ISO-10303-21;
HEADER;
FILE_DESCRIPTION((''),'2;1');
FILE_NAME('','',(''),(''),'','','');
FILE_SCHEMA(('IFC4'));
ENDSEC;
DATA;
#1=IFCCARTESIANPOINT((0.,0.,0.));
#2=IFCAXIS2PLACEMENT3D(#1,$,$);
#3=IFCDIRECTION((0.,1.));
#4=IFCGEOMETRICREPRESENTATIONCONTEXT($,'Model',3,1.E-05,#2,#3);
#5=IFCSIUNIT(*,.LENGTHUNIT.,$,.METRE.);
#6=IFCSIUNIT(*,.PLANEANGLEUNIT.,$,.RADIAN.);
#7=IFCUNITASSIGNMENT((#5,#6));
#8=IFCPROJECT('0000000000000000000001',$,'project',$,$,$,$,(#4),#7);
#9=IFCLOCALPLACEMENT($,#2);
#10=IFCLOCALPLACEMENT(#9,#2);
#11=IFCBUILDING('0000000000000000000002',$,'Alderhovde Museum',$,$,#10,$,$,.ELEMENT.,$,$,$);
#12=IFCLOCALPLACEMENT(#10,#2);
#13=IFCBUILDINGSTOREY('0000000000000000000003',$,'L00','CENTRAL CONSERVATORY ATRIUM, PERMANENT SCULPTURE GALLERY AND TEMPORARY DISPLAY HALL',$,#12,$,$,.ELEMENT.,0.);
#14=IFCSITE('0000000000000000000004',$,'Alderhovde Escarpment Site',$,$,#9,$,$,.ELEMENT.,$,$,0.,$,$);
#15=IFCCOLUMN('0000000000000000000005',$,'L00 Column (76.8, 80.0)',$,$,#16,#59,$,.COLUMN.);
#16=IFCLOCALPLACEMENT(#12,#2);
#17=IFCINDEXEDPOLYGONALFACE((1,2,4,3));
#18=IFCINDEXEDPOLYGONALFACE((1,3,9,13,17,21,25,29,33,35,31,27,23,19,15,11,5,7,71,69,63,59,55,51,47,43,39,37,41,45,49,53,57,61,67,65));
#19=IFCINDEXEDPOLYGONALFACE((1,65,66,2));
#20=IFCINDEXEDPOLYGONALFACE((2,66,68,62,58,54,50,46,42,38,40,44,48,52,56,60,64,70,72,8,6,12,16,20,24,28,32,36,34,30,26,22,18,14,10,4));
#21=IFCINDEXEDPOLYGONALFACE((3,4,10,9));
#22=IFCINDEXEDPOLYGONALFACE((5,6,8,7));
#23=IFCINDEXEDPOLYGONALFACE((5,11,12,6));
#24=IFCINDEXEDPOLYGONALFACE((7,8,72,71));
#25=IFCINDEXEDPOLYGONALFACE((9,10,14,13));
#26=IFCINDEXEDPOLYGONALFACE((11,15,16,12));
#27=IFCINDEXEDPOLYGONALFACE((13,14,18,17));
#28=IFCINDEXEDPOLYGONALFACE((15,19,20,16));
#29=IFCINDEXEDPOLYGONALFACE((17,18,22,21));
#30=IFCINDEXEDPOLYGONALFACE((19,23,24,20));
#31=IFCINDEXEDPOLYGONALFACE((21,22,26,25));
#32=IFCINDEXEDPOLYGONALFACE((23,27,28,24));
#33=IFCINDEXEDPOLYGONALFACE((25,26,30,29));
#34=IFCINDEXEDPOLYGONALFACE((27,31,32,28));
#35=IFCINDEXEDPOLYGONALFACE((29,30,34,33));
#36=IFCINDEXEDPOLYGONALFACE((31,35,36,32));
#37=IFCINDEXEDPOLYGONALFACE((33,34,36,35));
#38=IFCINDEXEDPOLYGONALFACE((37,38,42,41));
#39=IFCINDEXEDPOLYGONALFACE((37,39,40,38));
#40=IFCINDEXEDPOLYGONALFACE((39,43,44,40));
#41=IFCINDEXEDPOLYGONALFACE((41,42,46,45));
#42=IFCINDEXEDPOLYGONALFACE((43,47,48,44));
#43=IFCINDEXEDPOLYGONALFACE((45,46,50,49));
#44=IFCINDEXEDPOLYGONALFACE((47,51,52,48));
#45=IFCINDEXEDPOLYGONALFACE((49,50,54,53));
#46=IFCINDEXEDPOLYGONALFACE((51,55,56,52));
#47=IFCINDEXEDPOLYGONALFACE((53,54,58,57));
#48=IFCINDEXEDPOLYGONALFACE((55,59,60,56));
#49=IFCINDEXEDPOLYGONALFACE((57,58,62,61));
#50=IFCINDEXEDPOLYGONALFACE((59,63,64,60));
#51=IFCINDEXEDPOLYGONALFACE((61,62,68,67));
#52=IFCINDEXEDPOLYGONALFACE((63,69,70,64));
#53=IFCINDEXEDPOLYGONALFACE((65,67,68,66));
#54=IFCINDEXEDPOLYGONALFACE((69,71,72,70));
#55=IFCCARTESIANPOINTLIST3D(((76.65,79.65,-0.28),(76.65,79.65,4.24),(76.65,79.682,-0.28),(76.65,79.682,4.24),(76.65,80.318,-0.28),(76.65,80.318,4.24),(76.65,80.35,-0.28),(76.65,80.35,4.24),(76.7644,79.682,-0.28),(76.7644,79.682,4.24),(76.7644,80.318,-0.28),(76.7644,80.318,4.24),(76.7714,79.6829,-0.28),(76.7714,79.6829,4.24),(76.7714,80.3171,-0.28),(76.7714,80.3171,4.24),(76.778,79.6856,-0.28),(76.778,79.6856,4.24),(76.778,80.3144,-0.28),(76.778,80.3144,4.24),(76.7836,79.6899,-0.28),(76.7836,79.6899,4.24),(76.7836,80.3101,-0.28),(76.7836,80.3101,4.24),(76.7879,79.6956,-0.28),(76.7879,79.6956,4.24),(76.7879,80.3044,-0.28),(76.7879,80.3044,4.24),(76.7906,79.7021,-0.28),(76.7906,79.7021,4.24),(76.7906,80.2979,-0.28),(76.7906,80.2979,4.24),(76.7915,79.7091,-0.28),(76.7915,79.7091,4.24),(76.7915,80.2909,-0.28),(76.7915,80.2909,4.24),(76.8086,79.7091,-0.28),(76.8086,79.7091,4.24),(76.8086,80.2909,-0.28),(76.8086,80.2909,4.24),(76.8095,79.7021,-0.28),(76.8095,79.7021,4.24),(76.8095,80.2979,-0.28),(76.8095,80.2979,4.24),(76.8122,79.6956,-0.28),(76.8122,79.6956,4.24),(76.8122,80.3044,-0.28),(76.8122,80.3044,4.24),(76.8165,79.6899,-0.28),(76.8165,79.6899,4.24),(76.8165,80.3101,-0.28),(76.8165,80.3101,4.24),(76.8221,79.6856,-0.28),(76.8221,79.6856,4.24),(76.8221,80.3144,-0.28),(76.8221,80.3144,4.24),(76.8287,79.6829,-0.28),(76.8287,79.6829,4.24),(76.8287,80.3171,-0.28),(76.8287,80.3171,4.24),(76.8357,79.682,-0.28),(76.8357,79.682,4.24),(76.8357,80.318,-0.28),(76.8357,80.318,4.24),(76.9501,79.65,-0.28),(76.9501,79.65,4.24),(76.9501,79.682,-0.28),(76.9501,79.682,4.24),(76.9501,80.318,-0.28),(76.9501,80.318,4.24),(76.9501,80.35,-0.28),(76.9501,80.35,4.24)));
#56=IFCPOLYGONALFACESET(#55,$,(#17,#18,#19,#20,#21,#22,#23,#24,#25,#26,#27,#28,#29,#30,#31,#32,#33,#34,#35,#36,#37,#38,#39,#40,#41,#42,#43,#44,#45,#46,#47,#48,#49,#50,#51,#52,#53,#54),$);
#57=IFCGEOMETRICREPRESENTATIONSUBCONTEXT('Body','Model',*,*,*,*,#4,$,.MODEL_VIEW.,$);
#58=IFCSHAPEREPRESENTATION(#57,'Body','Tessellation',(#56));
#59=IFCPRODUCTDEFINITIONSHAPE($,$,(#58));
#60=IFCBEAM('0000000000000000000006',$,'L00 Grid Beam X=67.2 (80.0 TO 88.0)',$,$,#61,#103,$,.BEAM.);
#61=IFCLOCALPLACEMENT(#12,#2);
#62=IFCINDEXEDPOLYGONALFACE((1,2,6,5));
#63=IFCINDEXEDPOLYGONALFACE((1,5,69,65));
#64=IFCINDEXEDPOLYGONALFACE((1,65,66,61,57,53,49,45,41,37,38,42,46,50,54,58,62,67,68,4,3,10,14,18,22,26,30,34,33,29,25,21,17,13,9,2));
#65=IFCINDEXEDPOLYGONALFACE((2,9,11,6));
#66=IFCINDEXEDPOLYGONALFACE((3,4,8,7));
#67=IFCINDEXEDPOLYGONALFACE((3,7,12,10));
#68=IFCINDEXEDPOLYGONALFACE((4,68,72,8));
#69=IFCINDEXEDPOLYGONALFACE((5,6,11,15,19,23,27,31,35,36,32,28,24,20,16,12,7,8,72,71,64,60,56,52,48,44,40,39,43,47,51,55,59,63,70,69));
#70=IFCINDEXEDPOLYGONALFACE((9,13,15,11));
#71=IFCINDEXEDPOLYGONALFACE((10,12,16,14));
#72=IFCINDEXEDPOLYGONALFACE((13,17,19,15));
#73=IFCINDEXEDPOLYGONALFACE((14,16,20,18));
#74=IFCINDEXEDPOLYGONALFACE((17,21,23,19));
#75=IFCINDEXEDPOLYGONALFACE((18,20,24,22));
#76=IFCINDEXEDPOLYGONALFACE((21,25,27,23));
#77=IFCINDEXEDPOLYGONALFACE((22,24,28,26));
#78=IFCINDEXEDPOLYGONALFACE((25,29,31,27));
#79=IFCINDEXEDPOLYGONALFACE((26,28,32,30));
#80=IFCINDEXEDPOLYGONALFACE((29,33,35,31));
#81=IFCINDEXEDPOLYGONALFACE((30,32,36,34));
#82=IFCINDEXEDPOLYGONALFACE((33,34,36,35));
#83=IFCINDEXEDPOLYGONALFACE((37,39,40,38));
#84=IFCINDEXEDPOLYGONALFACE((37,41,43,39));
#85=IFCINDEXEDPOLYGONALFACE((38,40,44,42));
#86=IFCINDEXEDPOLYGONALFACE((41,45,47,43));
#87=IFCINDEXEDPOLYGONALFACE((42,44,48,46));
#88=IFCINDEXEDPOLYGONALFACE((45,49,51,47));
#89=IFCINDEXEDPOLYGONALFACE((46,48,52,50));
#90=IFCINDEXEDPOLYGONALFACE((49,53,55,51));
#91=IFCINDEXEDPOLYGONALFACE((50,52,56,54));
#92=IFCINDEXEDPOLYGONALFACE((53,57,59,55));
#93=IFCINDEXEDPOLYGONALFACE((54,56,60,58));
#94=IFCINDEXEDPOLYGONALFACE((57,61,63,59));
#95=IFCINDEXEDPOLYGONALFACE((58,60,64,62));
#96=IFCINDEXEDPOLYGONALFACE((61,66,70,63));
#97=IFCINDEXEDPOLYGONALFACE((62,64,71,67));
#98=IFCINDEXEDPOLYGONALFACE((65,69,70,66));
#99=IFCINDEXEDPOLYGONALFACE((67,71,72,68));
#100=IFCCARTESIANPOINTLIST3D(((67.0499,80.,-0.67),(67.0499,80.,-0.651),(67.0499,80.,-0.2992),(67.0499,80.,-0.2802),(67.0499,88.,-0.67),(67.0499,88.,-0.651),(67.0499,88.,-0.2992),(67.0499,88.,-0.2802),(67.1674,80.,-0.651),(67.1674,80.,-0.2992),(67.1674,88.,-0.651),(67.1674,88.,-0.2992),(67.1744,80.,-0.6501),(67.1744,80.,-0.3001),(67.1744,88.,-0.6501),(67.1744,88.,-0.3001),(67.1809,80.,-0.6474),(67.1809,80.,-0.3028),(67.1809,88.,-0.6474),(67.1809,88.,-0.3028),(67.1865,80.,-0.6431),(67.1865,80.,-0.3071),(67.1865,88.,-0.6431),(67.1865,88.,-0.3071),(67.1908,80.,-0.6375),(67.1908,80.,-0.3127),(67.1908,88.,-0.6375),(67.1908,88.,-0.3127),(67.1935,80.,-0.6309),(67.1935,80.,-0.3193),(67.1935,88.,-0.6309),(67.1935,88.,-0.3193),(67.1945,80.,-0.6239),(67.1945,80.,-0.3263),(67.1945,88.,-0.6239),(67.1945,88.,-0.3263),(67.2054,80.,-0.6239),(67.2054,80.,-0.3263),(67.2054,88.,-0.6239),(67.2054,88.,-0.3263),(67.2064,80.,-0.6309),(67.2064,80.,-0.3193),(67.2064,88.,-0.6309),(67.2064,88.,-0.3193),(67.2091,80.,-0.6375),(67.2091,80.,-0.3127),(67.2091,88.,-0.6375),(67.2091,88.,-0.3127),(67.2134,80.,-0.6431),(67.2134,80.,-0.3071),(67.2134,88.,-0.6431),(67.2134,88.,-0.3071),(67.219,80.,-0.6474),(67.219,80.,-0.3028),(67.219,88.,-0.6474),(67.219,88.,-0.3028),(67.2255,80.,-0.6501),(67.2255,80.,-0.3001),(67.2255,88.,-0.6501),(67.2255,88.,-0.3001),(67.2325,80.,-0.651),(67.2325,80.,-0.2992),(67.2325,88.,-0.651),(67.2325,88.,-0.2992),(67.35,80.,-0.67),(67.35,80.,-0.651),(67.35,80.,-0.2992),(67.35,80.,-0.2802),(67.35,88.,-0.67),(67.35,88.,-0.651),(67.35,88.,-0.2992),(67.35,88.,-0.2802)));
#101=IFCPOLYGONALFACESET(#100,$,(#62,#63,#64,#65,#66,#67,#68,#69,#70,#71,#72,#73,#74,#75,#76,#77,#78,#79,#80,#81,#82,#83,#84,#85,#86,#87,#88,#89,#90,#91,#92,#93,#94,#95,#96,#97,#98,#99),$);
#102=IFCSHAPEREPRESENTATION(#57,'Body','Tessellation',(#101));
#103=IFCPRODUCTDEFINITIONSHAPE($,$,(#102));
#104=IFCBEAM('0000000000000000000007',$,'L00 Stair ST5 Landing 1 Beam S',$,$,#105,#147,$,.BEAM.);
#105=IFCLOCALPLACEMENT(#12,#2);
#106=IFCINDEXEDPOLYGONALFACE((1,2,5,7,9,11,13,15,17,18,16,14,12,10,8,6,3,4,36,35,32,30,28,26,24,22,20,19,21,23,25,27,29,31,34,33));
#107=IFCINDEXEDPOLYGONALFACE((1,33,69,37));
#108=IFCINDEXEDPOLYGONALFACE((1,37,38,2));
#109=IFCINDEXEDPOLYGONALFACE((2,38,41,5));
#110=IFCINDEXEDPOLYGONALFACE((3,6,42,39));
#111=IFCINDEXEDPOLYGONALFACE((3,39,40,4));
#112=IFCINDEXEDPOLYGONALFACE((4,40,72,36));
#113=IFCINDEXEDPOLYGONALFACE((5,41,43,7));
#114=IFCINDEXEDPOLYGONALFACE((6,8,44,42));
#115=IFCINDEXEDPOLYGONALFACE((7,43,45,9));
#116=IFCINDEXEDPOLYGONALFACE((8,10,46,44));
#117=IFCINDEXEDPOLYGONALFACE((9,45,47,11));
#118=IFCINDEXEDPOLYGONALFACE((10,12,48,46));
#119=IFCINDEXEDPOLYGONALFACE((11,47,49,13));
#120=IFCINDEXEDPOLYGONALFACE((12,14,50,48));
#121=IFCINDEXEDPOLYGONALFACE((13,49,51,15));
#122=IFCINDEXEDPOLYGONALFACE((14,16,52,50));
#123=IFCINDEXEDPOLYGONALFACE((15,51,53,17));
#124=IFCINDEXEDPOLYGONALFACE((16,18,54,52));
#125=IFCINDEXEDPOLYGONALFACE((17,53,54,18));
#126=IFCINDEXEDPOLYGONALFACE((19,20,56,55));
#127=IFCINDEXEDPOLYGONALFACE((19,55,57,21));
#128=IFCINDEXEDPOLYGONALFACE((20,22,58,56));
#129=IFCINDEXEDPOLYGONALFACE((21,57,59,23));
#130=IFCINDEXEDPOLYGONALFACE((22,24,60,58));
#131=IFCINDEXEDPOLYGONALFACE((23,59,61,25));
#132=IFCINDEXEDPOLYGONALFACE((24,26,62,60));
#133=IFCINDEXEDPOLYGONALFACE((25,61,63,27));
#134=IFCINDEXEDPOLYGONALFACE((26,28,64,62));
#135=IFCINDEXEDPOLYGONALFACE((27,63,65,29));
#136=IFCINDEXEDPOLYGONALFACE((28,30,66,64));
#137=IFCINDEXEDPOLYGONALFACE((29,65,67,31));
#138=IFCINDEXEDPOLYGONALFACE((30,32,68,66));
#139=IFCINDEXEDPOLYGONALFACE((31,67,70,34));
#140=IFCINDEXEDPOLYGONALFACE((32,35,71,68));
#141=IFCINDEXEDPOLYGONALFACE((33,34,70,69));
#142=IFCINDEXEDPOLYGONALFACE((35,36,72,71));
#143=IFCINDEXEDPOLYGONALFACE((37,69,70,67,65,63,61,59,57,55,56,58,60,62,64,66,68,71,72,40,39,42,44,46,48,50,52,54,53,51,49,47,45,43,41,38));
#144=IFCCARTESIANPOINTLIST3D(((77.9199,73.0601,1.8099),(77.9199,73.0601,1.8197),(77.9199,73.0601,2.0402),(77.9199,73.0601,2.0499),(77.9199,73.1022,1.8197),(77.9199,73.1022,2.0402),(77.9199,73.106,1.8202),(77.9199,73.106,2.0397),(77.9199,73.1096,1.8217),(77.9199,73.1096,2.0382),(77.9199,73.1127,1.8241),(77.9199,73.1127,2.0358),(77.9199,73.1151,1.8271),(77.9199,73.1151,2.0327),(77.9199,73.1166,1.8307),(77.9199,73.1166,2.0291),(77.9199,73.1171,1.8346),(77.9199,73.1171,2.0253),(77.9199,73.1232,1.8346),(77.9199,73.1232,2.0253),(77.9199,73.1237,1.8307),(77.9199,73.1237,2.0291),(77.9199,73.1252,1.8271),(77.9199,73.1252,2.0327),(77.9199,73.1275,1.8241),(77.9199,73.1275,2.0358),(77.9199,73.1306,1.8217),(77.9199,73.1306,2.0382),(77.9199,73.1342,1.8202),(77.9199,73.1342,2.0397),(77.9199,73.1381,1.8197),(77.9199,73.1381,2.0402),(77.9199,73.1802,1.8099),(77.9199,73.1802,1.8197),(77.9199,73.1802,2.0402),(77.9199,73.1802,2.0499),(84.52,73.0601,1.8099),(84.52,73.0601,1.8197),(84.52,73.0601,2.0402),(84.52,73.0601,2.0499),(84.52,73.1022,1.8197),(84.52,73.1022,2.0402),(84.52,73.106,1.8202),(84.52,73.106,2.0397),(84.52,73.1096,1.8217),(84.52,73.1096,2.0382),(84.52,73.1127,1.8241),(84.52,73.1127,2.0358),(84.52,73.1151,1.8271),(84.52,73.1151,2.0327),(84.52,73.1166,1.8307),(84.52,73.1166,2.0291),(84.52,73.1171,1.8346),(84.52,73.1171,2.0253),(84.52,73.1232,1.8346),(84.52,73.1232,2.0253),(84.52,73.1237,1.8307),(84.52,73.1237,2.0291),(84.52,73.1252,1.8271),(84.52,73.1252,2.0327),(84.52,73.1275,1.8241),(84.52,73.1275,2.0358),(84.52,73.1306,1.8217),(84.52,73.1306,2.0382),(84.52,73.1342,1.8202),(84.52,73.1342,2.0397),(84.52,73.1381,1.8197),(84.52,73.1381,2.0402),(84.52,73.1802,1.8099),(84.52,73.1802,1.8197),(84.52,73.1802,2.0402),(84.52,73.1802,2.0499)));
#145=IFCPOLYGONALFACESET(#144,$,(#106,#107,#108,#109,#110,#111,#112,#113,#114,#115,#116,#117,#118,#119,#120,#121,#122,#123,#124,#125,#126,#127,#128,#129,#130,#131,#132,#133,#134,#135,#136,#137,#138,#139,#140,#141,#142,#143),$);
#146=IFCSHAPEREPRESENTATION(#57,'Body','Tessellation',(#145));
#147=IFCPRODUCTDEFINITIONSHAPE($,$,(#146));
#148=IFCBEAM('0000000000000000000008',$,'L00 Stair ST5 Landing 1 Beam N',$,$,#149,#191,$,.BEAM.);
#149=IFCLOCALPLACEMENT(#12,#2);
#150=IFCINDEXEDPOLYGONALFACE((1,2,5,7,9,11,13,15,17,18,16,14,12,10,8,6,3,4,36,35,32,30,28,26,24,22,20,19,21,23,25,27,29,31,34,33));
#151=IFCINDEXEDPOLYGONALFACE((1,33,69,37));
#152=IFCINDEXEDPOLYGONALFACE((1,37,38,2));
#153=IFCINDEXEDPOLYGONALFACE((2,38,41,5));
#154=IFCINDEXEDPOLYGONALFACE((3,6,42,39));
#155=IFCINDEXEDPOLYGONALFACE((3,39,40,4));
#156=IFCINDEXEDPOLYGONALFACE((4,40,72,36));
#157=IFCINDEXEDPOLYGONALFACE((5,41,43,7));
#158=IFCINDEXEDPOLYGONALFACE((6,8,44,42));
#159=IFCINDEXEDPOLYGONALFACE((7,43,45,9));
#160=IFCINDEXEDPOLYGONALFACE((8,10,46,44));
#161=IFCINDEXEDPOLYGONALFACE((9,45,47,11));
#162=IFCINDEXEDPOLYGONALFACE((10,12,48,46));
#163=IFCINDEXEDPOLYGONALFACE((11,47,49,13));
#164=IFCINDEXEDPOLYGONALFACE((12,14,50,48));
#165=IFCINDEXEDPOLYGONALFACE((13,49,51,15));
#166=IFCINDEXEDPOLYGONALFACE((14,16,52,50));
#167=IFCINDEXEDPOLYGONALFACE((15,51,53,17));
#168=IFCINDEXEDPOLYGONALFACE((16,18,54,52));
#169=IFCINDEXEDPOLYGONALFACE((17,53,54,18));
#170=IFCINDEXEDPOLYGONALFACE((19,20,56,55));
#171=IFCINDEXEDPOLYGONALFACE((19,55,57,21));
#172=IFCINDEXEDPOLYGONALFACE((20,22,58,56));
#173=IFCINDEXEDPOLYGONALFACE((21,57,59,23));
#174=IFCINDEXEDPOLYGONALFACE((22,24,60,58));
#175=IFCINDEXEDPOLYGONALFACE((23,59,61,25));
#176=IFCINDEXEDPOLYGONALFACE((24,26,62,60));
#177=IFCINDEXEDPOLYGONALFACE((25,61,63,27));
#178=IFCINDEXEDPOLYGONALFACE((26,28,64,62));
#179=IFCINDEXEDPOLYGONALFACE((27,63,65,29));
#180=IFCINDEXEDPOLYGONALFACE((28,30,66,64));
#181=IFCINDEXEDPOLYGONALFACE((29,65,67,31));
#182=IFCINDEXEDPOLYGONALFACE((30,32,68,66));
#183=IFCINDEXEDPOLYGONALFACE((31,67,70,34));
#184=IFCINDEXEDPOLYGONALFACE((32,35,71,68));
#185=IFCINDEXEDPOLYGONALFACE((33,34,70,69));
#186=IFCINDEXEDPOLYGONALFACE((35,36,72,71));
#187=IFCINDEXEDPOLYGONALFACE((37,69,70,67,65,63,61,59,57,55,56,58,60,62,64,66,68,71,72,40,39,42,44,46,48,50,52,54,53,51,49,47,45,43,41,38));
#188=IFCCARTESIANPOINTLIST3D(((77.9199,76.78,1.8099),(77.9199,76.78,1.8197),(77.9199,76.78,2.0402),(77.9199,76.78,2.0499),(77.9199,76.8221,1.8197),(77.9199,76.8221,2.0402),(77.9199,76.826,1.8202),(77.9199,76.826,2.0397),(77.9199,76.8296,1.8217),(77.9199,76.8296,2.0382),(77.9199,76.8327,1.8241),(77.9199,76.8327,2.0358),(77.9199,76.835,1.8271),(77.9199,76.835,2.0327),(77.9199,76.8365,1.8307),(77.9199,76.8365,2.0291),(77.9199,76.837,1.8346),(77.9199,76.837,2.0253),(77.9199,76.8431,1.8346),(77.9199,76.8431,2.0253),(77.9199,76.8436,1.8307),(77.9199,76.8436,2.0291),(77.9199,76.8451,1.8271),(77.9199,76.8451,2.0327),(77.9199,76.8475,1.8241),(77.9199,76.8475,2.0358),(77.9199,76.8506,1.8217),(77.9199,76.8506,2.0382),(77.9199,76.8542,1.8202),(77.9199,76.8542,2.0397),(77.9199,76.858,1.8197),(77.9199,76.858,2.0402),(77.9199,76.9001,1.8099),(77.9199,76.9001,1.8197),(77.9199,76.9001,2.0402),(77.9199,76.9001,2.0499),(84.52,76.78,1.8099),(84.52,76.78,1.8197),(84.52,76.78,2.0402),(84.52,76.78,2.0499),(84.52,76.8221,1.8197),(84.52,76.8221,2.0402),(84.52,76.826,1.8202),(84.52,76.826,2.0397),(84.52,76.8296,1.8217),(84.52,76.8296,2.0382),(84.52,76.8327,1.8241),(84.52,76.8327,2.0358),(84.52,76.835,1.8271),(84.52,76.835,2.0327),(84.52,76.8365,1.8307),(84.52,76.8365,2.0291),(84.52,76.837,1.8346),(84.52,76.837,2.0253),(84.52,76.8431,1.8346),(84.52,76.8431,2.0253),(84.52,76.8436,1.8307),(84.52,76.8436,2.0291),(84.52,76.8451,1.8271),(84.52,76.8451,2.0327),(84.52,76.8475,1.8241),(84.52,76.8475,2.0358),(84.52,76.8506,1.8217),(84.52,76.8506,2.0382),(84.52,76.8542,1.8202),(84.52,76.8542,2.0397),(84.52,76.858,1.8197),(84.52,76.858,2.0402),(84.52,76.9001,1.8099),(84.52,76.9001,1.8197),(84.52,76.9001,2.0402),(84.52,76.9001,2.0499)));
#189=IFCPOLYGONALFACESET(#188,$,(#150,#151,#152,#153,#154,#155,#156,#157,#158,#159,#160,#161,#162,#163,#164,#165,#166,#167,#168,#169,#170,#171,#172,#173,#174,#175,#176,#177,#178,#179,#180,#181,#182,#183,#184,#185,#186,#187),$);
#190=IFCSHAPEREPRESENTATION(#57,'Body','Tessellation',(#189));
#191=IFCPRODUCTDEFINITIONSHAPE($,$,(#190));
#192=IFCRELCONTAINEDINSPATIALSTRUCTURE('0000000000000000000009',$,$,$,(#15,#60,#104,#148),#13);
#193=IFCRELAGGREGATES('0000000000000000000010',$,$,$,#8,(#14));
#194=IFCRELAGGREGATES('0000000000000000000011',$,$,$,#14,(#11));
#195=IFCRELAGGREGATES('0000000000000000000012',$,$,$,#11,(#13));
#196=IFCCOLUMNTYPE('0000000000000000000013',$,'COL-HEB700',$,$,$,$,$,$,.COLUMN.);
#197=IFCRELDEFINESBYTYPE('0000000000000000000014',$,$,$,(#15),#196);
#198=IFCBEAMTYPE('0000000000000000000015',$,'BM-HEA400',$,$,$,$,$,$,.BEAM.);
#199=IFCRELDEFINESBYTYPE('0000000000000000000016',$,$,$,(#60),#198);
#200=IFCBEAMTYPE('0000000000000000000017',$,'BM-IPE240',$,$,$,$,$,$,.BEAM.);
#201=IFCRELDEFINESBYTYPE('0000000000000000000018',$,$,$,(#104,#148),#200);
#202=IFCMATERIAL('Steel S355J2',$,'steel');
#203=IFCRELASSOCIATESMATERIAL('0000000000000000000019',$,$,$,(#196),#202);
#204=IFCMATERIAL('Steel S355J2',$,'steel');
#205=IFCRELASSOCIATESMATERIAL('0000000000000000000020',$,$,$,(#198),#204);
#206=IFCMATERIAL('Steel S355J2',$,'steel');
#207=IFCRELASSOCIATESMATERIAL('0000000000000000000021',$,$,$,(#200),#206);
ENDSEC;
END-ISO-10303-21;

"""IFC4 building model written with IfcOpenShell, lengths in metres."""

from ifc_helpers import new_model, si_unit, direction, frame, origin, origin_2d, place, context, subcontext, project, spatial, i_section, extrude, material, material_profile, profile_set, type_object, element, save


model = new_model("IFC4")

# Units and contexts
model_context = context("Model", 3, precision=1e-05, world=origin(), true_north=direction((0.0, 1.0)))
body_context = subcontext(model_context, "Body", "Model", "MODEL_VIEW")
ifc_project = project(units=[si_unit("LENGTHUNIT", "METRE"), si_unit("PLANEANGLEUNIT", "RADIAN")], contexts=[model_context])

# Site, building, storey
site_placement = place(None, origin())
site = spatial("IfcSite", under=ifc_project, at=site_placement, Name="Alderhovde Escarpment Site", CompositionType="ELEMENT", RefElevation=0.0)
building_placement = place(site_placement, origin())
building = spatial("IfcBuilding", under=site, at=building_placement, Name="Alderhovde Museum", CompositionType="ELEMENT")
storey_placement = place(building_placement, origin())
storey = spatial("IfcBuildingStorey", under=building, at=storey_placement, Name="L00", Description="CENTRAL CONSERVATORY ATRIUM, PERMANENT SCULPTURE GALLERY AND TEMPORARY DISPLAY HALL", CompositionType="ELEMENT", Elevation=0.0)

# Column
ifc_material_1 = material(Name="Steel S355J2", Category="steel")
ifc_material_profile_1 = material_profile(ifc_material_1, i_section(OverallWidth=0.3, OverallDepth=0.7, WebThickness=0.0171, FlangeThickness=0.032, FilletRadius=0.0271, at=origin_2d()), Name="HEB 700")
ifc_profile_set_1 = profile_set([ifc_material_profile_1], Name="Steel S355J2")
column_type_1 = type_object("IfcColumnType", Name="COL-HEB700", PredefinedType="COLUMN", material=ifc_profile_set_1)
for number, where, z_axis, x_axis, name in (
    (1, (76.8, 80.0, -0.28), (0.0, 0.0, 1.0), (1.0, 0.0, 0.0), "L00 Column (76.8, 80.0)"),
):
    element("IfcColumn", number, at=place(storey_placement, frame(where, z_axis=z_axis, x_axis=x_axis)), inside=storey, type_object=column_type_1, Name=name, PredefinedType="COLUMN", context=body_context, shape_type="SweptSolid", body=[
        extrude(i_section(OverallWidth=0.3, OverallDepth=0.7, WebThickness=0.0171, FlangeThickness=0.032, FilletRadius=0.0271, at=origin_2d()), origin(), (0.0, 0.0, 1.0), 4.52),
    ])

# Beams
ifc_material_2 = material(Name="Steel S355J2", Category="steel")
ifc_material_profile_2 = material_profile(ifc_material_2, i_section(OverallWidth=0.3, OverallDepth=0.3899, WebThickness=0.011, FlangeThickness=0.019, FilletRadius=0.0271, at=origin_2d()), Name="HEA 400")
ifc_profile_set_2 = profile_set([ifc_material_profile_2], Name="Steel S355J2")
beam_type_1 = type_object("IfcBeamType", Name="BM-HEA400", PredefinedType="BEAM", material=ifc_profile_set_2)
beam_1_placement = place(storey_placement, frame((67.2, 80.0, -0.4751), z_axis=(0.0, 1.0, 0.0), x_axis=(-1.0, 0.0, 0.0)))
element("IfcBeam", 2, at=beam_1_placement, inside=storey, type_object=beam_type_1, Name="L00 Grid Beam X=67.2 (80.0 TO 88.0)", PredefinedType="BEAM", context=body_context, shape_type="SweptSolid", body=[
    extrude(i_section(OverallWidth=0.3, OverallDepth=0.3899, WebThickness=0.011, FlangeThickness=0.019, FilletRadius=0.0271, at=origin_2d()), origin(), (0.0, 0.0, 1.0), 8.0),
])
ifc_material_3 = material(Name="Steel S355J2", Category="steel")
ifc_material_profile_3 = material_profile(ifc_material_3, i_section(OverallWidth=0.1201, OverallDepth=0.24, WebThickness=0.0061, FlangeThickness=0.0098, FilletRadius=0.0149, at=origin_2d()), Name="IPE 240")
ifc_profile_set_3 = profile_set([ifc_material_profile_3], Name="Steel S355J2")
beam_type_2 = type_object("IfcBeamType", Name="BM-IPE240", PredefinedType="BEAM", material=ifc_profile_set_3)
for number, where, z_axis, x_axis, name in (
    (3, (77.9199, 73.1201, 1.9299), (1.0, 0.0, 0.0), (0.0, 1.0, 0.0), "L00 Stair ST5 Landing 1 Beam S"),
    (4, (77.9199, 76.8401, 1.9299), (1.0, 0.0, 0.0), (0.0, 1.0, 0.0), "L00 Stair ST5 Landing 1 Beam N"),
):
    element("IfcBeam", number, at=place(storey_placement, frame(where, z_axis=z_axis, x_axis=x_axis)), inside=storey, type_object=beam_type_2, Name=name, PredefinedType="BEAM", context=body_context, shape_type="SweptSolid", body=[
        extrude(i_section(OverallWidth=0.1201, OverallDepth=0.24, WebThickness=0.0061, FlangeThickness=0.0098, FilletRadius=0.0149, at=origin_2d()), origin(), (0.0, 0.0, 1.0), 6.6001),
    ])

save(model, "model.ifc")
